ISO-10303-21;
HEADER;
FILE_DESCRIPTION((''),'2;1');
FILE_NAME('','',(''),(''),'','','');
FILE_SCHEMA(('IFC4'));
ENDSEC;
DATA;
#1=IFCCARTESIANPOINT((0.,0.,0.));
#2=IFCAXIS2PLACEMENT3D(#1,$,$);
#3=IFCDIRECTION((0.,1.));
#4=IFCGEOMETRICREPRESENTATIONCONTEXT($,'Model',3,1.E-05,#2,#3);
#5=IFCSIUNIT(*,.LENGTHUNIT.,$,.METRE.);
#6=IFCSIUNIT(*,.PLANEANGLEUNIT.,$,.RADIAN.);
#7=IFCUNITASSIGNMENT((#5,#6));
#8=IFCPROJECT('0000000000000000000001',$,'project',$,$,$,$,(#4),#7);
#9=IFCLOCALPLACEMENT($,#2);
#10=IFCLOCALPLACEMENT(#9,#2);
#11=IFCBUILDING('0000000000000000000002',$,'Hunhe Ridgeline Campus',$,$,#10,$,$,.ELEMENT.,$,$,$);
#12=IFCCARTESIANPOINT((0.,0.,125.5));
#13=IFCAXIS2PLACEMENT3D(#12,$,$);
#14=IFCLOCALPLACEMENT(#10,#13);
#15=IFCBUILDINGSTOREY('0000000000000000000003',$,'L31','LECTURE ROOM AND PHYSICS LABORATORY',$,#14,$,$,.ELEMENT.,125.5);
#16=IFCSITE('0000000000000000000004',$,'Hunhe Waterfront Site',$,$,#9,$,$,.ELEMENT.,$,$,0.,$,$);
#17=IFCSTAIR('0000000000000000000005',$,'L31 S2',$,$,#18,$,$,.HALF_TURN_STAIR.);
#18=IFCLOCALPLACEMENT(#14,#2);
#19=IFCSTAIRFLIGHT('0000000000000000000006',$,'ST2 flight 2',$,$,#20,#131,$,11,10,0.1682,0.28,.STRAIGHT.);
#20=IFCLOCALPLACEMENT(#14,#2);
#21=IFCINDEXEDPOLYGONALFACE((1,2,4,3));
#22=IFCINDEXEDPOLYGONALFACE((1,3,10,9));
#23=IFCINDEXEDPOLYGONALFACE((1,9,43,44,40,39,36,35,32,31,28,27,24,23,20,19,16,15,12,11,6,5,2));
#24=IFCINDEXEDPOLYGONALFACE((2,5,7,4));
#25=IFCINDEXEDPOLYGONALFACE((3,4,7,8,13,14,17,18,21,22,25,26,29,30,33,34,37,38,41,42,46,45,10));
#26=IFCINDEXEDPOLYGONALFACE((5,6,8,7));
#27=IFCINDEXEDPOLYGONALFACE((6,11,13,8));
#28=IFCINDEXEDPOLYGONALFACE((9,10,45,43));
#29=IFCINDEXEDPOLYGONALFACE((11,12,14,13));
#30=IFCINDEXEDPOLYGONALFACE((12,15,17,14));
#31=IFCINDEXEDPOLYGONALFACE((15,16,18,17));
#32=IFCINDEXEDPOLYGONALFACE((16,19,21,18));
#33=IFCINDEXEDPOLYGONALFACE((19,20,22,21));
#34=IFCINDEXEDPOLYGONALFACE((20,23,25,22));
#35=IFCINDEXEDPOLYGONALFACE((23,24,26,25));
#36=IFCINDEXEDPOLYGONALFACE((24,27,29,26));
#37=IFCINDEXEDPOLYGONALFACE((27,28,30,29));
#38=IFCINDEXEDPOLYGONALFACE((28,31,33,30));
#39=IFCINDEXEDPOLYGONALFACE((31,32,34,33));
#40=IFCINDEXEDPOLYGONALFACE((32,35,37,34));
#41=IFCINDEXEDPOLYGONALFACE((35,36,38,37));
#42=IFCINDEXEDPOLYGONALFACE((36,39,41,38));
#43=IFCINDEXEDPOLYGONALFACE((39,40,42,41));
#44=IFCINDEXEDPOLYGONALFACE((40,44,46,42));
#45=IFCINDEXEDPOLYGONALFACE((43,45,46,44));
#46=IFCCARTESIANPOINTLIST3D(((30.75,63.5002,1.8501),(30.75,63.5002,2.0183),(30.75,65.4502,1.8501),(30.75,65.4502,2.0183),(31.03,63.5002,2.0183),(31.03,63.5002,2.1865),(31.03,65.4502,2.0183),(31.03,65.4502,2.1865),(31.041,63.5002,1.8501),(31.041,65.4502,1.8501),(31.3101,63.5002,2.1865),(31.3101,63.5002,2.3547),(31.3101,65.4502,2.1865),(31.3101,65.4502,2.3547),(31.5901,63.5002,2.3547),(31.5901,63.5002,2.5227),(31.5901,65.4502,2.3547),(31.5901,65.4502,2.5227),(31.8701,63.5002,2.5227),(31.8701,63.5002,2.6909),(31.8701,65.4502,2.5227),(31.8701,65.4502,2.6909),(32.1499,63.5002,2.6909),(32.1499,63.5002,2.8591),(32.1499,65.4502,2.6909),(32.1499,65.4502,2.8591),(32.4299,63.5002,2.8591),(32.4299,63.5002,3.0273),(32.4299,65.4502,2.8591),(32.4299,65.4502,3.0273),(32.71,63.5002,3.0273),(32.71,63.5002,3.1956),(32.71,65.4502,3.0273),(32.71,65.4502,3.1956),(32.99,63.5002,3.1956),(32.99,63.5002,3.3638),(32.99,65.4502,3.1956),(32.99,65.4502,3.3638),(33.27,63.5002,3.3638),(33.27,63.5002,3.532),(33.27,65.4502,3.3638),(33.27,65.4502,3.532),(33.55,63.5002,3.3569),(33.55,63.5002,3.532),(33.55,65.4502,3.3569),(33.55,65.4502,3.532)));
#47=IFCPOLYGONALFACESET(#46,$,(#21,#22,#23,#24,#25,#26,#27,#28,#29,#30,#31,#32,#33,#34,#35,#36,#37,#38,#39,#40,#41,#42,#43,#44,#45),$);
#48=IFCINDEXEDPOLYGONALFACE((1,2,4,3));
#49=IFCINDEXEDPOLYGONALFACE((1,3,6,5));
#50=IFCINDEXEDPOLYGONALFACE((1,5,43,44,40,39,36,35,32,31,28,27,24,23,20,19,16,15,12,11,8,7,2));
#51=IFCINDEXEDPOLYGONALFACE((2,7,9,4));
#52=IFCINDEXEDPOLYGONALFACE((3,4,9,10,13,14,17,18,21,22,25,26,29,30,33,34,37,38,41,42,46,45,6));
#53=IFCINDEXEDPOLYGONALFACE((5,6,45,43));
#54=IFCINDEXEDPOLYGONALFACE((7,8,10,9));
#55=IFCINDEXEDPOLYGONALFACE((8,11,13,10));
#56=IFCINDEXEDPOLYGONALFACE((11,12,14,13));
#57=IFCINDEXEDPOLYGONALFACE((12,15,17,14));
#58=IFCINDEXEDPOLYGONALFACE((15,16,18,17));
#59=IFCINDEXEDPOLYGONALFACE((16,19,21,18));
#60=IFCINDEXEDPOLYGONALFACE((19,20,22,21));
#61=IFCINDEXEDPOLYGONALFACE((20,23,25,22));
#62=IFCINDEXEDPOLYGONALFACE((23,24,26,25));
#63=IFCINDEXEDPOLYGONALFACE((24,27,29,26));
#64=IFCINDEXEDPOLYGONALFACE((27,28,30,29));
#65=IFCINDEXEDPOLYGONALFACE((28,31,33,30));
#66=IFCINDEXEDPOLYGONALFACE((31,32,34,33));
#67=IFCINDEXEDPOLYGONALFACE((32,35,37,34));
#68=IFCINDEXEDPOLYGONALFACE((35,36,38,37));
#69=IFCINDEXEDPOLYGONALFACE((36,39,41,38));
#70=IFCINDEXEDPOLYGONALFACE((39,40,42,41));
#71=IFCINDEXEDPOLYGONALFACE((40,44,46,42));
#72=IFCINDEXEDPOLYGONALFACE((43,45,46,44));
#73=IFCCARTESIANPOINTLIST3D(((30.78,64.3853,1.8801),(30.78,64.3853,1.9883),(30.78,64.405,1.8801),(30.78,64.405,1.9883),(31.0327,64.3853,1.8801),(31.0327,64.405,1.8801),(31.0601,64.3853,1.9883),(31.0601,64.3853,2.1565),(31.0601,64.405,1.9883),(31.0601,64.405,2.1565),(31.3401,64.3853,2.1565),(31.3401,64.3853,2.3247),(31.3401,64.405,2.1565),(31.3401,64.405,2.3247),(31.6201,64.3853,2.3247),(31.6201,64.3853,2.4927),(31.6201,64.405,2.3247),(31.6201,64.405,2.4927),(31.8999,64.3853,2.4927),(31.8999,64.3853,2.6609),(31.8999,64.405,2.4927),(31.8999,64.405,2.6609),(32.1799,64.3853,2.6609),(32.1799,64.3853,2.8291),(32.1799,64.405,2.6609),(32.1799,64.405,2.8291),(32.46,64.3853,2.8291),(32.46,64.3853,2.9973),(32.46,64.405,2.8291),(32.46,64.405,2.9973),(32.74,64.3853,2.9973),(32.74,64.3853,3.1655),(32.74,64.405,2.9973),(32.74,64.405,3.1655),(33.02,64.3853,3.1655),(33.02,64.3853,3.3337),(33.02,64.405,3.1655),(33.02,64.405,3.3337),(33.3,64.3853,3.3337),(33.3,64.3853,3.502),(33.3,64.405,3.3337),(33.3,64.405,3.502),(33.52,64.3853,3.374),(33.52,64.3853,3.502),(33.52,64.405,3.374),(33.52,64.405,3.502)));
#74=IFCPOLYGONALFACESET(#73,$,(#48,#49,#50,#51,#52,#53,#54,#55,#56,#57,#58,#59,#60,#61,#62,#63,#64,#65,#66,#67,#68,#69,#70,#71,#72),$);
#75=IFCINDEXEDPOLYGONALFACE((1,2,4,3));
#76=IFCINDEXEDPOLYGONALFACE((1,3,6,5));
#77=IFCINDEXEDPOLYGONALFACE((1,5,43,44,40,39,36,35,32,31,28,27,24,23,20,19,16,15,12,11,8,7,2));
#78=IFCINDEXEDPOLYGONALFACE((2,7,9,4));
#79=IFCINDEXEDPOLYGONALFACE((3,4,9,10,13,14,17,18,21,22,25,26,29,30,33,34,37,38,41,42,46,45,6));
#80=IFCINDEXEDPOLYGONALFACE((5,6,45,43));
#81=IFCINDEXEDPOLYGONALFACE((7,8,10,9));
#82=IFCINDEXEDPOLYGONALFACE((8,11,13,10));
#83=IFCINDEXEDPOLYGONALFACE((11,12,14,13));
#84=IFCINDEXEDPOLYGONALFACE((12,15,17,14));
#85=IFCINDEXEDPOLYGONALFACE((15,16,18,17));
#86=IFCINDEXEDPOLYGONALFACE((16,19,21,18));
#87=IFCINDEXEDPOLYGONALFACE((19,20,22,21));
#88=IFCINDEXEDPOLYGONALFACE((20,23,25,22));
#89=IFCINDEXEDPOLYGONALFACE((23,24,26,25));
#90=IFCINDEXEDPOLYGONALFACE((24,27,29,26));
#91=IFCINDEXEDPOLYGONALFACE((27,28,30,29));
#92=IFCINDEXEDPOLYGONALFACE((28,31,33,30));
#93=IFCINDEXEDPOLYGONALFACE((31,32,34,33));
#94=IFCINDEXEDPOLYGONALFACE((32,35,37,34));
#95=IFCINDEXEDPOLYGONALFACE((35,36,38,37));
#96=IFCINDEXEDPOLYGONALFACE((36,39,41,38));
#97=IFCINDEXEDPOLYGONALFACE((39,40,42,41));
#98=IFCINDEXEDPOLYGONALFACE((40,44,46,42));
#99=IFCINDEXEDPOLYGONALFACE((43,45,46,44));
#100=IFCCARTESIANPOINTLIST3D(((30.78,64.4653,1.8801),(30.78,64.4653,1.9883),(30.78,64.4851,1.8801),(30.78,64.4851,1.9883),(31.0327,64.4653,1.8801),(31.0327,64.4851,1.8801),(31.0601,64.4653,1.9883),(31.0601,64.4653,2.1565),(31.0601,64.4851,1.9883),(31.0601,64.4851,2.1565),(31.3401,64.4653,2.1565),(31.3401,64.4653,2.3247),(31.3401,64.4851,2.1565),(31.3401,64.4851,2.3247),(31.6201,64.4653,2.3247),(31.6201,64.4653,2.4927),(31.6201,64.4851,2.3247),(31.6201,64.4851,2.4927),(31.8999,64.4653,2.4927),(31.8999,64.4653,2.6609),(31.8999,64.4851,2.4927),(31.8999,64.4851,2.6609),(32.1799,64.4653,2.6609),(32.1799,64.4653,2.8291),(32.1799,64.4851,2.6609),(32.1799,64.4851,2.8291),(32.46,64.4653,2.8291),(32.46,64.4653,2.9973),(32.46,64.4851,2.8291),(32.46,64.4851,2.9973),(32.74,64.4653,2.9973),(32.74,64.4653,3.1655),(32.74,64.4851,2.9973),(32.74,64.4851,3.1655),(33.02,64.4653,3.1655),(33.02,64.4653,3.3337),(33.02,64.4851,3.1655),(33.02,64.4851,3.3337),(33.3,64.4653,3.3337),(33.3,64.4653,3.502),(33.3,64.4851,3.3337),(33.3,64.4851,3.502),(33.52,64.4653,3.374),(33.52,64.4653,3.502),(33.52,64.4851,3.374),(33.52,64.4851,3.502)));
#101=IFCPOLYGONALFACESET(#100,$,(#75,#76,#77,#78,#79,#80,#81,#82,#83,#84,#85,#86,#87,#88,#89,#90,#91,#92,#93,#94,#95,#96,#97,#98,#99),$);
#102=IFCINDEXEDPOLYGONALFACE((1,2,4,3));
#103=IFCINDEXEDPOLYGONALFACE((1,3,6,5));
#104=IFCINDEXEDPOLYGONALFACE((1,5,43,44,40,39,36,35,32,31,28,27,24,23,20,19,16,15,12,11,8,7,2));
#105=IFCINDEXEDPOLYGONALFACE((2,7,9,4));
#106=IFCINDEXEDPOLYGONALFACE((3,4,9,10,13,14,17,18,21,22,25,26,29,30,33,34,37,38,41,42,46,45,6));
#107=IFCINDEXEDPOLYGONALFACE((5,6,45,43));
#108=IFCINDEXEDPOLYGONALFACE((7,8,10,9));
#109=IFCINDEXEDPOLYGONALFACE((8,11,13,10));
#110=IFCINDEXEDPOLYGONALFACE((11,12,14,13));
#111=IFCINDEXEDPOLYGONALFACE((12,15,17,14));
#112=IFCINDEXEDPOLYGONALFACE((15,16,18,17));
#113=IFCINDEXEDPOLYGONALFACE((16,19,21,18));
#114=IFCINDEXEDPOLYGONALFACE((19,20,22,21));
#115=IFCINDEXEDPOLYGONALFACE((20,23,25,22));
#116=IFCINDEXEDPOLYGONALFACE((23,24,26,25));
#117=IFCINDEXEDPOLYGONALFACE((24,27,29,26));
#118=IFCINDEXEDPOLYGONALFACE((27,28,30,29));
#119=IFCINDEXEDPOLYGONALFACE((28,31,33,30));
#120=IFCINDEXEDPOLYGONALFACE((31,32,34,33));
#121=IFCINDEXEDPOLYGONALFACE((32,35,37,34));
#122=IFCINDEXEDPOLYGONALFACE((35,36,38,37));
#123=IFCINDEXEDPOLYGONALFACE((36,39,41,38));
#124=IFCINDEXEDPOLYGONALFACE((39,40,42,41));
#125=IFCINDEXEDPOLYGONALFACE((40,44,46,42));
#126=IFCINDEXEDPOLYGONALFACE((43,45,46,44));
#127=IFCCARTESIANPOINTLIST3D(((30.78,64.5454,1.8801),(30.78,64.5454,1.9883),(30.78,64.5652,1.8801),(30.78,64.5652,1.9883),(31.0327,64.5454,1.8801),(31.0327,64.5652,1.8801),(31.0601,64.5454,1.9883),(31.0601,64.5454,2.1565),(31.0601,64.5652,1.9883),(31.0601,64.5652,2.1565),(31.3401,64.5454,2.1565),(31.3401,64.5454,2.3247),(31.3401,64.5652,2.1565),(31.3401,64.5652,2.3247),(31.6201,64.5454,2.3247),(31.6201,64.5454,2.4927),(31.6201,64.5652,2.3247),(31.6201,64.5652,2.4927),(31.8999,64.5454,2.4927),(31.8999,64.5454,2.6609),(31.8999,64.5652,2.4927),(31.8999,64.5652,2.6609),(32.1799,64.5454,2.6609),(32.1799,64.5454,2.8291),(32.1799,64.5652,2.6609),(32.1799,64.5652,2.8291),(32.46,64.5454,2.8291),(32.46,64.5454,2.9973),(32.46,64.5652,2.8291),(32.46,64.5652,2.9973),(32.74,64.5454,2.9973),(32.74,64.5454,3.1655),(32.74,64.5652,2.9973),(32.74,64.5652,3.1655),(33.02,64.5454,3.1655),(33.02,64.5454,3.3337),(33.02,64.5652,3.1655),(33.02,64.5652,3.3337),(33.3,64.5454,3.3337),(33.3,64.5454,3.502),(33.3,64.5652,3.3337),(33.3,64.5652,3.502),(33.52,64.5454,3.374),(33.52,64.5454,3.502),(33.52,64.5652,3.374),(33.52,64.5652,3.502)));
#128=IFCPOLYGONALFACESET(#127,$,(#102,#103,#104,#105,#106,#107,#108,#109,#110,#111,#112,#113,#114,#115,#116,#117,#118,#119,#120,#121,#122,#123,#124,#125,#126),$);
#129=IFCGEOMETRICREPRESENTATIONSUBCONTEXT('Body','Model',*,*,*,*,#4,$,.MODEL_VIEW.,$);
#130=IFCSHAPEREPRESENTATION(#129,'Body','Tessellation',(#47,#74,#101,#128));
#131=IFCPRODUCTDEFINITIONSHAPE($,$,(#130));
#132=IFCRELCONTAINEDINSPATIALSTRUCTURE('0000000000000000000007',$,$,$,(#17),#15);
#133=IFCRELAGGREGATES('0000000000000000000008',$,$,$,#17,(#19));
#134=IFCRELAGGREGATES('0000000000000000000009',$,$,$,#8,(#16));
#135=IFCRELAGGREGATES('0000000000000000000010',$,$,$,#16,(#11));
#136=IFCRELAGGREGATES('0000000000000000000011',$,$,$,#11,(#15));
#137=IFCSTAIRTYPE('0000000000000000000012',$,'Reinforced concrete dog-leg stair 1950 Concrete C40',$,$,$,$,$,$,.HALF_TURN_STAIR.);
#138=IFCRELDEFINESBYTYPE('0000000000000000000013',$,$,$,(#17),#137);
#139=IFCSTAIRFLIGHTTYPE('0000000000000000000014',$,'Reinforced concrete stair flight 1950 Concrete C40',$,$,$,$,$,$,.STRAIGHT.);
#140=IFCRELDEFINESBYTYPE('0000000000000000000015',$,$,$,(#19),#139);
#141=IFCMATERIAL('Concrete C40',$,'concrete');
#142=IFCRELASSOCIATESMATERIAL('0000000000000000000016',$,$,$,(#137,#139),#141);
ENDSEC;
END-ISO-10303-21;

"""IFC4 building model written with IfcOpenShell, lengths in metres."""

from ifc_helpers import new_model, si_unit, direction, frame, origin, place, context, subcontext, project, spatial, polyline, outline, extrude, material, type_object, element, aggregate, save


model = new_model("IFC4")

# Units and contexts
model_context = context("Model", 3, precision=1e-05, world=origin(), true_north=direction((0.0, 1.0)))
body_context = subcontext(model_context, "Body", "Model", "MODEL_VIEW")
ifc_project = project(units=[si_unit("LENGTHUNIT", "METRE"), si_unit("PLANEANGLEUNIT", "RADIAN")], contexts=[model_context])

# Site, building, storey
site_placement = place(None, origin())
site = spatial("IfcSite", under=ifc_project, at=site_placement, Name="Hunhe Waterfront Site", CompositionType="ELEMENT", RefElevation=0.0)
building_placement = place(site_placement, origin())
building = spatial("IfcBuilding", under=site, at=building_placement, Name="Hunhe Ridgeline Campus", CompositionType="ELEMENT")
storey_placement = place(building_placement, frame((0.0, 0.0, 125.5)))
storey = spatial("IfcBuildingStorey", under=building, at=storey_placement, Name="L31", Description="LECTURE ROOM AND PHYSICS LABORATORY", CompositionType="ELEMENT", Elevation=125.5)

# Stair, stair flight
ifc_material_1 = material(Name="Concrete C40", Category="concrete")
stair_type = type_object("IfcStairType", Name="Reinforced concrete dog-leg stair 1950 Concrete C40", PredefinedType="HALF_TURN_STAIR", material=ifc_material_1)
stair_placement = place(storey_placement, origin())
stair = element("IfcStair", 1, at=stair_placement, inside=storey, type_object=stair_type, Name="L31 S2", PredefinedType="HALF_TURN_STAIR")
stair_flight_type = type_object("IfcStairFlightType", Name="Reinforced concrete stair flight 1950 Concrete C40", PredefinedType="STRAIGHT", material=ifc_material_1)
stair_flight_1_placement = place(storey_placement, frame((30.75, 64.4751, 1.8501), z_axis=(0.0, 0.0, 1.0), x_axis=(1.0, 0.0, 0.0)))
stair_flight_1 = element("IfcStairFlight", 2, at=stair_flight_1_placement, type_object=stair_flight_type, Name="ST2 flight 2", NumberOfRisers=11, NumberOfTreads=10, PredefinedType="STRAIGHT", RiserHeight=0.1682, TreadLength=0.28, context=body_context, shape_type="SweptSolid", body=[
    extrude(outline(polyline([(0.0, 0.0), (0.0, 0.1682), (0.28, 0.1682), (0.28, 0.3364), (0.5601, 0.3364), (0.5601, 0.5046), (0.8401, 0.5046), (0.8401, 0.6726), (1.1201, 0.6726), (1.1201, 0.8408), (1.3999, 0.8408), (1.3999, 1.009), (1.6799, 1.009), (1.6799, 1.1772), (1.96, 1.1772), (1.96, 1.3455), (2.24, 1.3455), (2.24, 1.5137), (2.52, 1.5137), (2.52, 1.6819), (2.8, 1.6819), (2.8, 1.8501), (2.8, 1.5068), (0.291, 0.0), (0.0, 0.0)])), frame((0.0, 0.9751, 0.0), z_axis=(0.0, -1.0, 0.0), x_axis=(1.0, 0.0, 0.0)), (0.0, 0.0, 1.0), 1.95),
    extrude(outline(polyline([(0.03, 0.03), (0.03, 0.1382), (0.3101, 0.1382), (0.3101, 0.3064), (0.5901, 0.3064), (0.5901, 0.4746), (0.8701, 0.4746), (0.8701, 0.6426), (1.1499, 0.6426), (1.1499, 0.8108), (1.4299, 0.8108), (1.4299, 0.979), (1.71, 0.979), (1.71, 1.1472), (1.99, 1.1472), (1.99, 1.3154), (2.27, 1.3154), (2.27, 1.4836), (2.55, 1.4836), (2.55, 1.6519), (2.77, 1.6519), (2.77, 1.5239), (0.2827, 0.03), (0.03, 0.03)])), frame((0.0, -0.0701, 0.0), z_axis=(0.0, -1.0, 0.0), x_axis=(1.0, 0.0, 0.0)), (0.0, 0.0, 1.0), 0.0198),
    extrude(outline(polyline([(0.03, 0.03), (0.03, 0.1382), (0.3101, 0.1382), (0.3101, 0.3064), (0.5901, 0.3064), (0.5901, 0.4746), (0.8701, 0.4746), (0.8701, 0.6426), (1.1499, 0.6426), (1.1499, 0.8108), (1.4299, 0.8108), (1.4299, 0.979), (1.71, 0.979), (1.71, 1.1472), (1.99, 1.1472), (1.99, 1.3154), (2.27, 1.3154), (2.27, 1.4836), (2.55, 1.4836), (2.55, 1.6519), (2.77, 1.6519), (2.77, 1.5239), (0.2827, 0.03), (0.03, 0.03)])), frame((0.0, 0.01, 0.0), z_axis=(0.0, -1.0, 0.0), x_axis=(1.0, 0.0, 0.0)), (0.0, 0.0, 1.0), 0.0198),
    extrude(outline(polyline([(0.03, 0.03), (0.03, 0.1382), (0.3101, 0.1382), (0.3101, 0.3064), (0.5901, 0.3064), (0.5901, 0.4746), (0.8701, 0.4746), (0.8701, 0.6426), (1.1499, 0.6426), (1.1499, 0.8108), (1.4299, 0.8108), (1.4299, 0.979), (1.71, 0.979), (1.71, 1.1472), (1.99, 1.1472), (1.99, 1.3154), (2.27, 1.3154), (2.27, 1.4836), (2.55, 1.4836), (2.55, 1.6519), (2.77, 1.6519), (2.77, 1.5239), (0.2827, 0.03), (0.03, 0.03)])), frame((0.0, 0.0901, 0.0), z_axis=(0.0, -1.0, 0.0), x_axis=(1.0, 0.0, 0.0)), (0.0, 0.0, 1.0), 0.0198),
])
aggregate(stair, [stair_flight_1])

save(model, "model.ifc")
